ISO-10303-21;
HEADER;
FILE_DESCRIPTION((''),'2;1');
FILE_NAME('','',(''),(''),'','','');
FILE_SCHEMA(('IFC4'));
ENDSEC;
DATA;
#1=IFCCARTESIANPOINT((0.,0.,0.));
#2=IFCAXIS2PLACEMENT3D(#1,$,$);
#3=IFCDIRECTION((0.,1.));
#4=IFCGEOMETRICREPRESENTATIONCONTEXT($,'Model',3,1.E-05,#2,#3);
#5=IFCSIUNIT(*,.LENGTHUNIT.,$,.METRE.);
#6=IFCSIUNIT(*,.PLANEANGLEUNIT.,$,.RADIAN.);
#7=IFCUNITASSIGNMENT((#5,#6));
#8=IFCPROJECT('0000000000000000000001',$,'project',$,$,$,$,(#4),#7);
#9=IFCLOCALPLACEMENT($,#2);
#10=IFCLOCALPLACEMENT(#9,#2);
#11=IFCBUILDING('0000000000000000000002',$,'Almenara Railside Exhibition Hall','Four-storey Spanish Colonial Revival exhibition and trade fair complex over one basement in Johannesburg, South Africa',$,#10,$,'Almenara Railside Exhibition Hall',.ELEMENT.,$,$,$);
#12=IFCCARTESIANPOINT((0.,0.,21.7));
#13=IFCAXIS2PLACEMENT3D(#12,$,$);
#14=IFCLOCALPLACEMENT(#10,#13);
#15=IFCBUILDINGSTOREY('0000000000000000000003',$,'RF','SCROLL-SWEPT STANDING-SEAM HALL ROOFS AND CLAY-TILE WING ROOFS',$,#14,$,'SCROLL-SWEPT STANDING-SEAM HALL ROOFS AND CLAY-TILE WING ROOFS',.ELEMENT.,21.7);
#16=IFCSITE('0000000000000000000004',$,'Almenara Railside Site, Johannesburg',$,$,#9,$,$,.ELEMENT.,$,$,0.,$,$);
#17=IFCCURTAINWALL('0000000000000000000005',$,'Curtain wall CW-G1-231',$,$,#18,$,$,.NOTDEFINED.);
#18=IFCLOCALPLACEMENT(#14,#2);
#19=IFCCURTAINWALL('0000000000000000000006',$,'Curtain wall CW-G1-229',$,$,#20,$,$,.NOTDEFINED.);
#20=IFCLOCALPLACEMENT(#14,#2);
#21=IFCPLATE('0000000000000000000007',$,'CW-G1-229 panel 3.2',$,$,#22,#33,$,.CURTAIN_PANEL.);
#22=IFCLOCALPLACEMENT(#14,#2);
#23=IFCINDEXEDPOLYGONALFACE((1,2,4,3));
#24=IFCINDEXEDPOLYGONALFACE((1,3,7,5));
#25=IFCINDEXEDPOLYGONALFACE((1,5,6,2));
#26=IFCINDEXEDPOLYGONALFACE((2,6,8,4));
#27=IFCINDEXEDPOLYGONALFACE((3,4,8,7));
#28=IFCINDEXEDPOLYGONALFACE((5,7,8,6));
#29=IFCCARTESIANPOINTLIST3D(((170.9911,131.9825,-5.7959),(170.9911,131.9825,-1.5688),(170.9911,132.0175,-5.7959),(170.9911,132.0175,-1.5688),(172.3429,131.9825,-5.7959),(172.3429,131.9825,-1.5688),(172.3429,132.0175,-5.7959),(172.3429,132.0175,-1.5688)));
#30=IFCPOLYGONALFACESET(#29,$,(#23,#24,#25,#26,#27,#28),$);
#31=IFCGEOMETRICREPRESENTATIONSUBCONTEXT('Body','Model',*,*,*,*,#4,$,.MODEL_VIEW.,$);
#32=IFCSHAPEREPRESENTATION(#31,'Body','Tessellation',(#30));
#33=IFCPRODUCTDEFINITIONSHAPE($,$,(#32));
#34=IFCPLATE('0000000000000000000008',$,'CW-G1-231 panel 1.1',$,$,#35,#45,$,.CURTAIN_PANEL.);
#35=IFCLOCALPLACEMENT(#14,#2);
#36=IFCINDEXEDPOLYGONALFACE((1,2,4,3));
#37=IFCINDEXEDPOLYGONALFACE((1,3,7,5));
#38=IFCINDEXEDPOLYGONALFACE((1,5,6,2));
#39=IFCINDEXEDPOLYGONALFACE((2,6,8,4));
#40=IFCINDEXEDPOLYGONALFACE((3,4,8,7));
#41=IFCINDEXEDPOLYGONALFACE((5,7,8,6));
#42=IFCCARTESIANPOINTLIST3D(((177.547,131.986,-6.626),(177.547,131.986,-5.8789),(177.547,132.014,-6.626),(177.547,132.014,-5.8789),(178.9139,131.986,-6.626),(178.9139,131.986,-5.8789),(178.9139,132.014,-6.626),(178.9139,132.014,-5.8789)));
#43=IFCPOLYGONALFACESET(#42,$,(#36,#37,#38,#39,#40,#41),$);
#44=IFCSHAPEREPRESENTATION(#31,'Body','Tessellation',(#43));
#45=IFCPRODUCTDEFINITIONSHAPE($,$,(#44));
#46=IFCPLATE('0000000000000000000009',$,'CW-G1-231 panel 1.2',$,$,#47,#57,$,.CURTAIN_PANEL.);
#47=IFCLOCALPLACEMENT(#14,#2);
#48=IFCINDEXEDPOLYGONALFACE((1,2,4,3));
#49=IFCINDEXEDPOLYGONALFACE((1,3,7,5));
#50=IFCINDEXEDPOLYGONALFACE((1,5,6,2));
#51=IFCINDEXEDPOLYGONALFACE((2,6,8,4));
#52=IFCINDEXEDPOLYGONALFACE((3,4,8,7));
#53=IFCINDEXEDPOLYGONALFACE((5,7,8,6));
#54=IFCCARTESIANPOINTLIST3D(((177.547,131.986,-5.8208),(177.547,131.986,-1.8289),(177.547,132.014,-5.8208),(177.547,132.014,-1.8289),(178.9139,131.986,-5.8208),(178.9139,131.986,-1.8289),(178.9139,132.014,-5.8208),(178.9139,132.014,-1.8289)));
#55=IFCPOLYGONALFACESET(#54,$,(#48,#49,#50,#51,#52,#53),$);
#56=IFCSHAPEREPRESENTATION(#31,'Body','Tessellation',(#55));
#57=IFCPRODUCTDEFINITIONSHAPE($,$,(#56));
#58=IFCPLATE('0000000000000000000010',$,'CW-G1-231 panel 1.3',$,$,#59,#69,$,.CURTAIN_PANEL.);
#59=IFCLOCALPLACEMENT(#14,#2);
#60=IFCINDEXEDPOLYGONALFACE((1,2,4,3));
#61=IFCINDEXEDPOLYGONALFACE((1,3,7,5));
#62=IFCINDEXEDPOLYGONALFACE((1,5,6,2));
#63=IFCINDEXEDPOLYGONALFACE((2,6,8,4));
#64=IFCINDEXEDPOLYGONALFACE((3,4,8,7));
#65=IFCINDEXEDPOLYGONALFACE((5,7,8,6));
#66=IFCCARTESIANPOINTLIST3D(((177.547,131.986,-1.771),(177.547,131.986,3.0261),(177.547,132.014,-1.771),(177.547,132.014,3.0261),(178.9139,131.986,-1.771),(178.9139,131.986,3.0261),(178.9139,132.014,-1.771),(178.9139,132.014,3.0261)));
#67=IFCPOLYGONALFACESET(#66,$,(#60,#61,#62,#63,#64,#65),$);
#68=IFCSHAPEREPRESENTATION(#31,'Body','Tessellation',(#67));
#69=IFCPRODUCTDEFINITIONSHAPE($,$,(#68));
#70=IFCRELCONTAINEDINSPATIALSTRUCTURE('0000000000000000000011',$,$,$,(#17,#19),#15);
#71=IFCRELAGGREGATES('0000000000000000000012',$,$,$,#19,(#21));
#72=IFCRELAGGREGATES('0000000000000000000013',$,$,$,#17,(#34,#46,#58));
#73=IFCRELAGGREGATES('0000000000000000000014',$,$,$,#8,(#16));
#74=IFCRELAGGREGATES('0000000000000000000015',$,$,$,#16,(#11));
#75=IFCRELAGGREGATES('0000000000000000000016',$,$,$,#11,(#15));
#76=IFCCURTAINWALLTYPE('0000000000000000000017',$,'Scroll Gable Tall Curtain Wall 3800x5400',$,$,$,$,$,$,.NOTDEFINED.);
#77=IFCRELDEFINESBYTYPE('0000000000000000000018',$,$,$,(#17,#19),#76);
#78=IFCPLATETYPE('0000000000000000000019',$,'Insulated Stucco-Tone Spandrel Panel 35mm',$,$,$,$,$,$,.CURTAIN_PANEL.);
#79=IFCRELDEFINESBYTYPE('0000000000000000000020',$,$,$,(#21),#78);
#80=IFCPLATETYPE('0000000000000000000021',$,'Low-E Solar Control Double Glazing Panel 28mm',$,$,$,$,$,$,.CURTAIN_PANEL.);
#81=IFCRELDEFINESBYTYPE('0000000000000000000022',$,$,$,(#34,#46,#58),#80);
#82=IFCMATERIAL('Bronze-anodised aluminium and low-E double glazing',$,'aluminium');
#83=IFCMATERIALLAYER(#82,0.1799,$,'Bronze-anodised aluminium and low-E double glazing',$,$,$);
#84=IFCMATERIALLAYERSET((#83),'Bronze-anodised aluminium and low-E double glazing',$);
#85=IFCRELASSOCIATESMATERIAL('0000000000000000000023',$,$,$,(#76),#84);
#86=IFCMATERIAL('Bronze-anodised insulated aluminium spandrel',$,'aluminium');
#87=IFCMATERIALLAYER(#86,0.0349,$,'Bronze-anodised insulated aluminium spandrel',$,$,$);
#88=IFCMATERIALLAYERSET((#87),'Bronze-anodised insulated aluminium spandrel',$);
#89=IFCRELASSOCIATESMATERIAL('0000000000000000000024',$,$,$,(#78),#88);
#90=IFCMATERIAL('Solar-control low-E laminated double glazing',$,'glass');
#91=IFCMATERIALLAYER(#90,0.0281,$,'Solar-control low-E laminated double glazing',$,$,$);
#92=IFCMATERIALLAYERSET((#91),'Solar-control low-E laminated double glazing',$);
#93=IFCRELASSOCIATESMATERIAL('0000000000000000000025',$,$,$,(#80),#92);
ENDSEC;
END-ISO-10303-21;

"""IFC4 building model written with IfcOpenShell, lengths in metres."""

from ifc_helpers import new_model, si_unit, direction, frame, origin, origin_2d, place, context, subcontext, project, spatial, rectangle, extrude, material, layer, layer_set, type_object, element, aggregate, save


model = new_model("IFC4")

# Units and contexts
model_context = context("Model", 3, precision=1e-05, world=origin(), true_north=direction((0.0, 1.0)))
body_context = subcontext(model_context, "Body", "Model", "MODEL_VIEW")
ifc_project = project(units=[si_unit("LENGTHUNIT", "METRE"), si_unit("PLANEANGLEUNIT", "RADIAN")], contexts=[model_context])

# Site, building, storey
site_placement = place(None, origin())
site = spatial("IfcSite", under=ifc_project, at=site_placement, Name="Almenara Railside Site, Johannesburg", CompositionType="ELEMENT", RefElevation=0.0)
building_placement = place(site_placement, origin())
building = spatial("IfcBuilding", under=site, at=building_placement, Name="Almenara Railside Exhibition Hall", Description="Four-storey Spanish Colonial Revival exhibition and trade fair complex over one basement in Johannesburg, South Africa", LongName="Almenara Railside Exhibition Hall", CompositionType="ELEMENT")
storey_placement = place(building_placement, frame((0.0, 0.0, 21.7)))
storey = spatial("IfcBuildingStorey", under=building, at=storey_placement, Name="RF", Description="SCROLL-SWEPT STANDING-SEAM HALL ROOFS AND CLAY-TILE WING ROOFS", LongName="SCROLL-SWEPT STANDING-SEAM HALL ROOFS AND CLAY-TILE WING ROOFS", CompositionType="ELEMENT", Elevation=21.7)

# Curtain walls
ifc_material_1 = material(Name="Bronze-anodised aluminium and low-E double glazing", Category="aluminium")
ifc_layer_1 = layer(ifc_material_1, 0.1799, Name="Bronze-anodised aluminium and low-E double glazing")
ifc_layer_set_1 = layer_set([ifc_layer_1], Name="Bronze-anodised aluminium and low-E double glazing")
curtain_wall_type = type_object("IfcCurtainWallType", Name="Scroll Gable Tall Curtain Wall 3800x5400", PredefinedType="NOTDEFINED", material=ifc_layer_set_1)
curtain_wall_1_placement = place(storey_placement, origin())
curtain_wall_1 = element("IfcCurtainWall", 1, at=curtain_wall_1_placement, inside=storey, type_object=curtain_wall_type, Name="Curtain wall CW-G1-231", PredefinedType="NOTDEFINED")
curtain_wall_2_placement = place(storey_placement, origin())
curtain_wall_2 = element("IfcCurtainWall", 2, at=curtain_wall_2_placement, inside=storey, type_object=curtain_wall_type, Name="Curtain wall CW-G1-229", PredefinedType="NOTDEFINED")

# Plates
ifc_material_2 = material(Name="Bronze-anodised insulated aluminium spandrel", Category="aluminium")
ifc_layer_2 = layer(ifc_material_2, 0.0349, Name="Bronze-anodised insulated aluminium spandrel")
ifc_layer_set_2 = layer_set([ifc_layer_2], Name="Bronze-anodised insulated aluminium spandrel")
plate_type_1 = type_object("IfcPlateType", Name="Insulated Stucco-Tone Spandrel Panel 35mm", PredefinedType="CURTAIN_PANEL", material=ifc_layer_set_2)
plate_1_placement = place(storey_placement, frame((171.667, 132.0, -5.7959), z_axis=(0.0, 0.0, 1.0), x_axis=(1.0, 0.0, 0.0)))
plate_1 = element("IfcPlate", 3, at=plate_1_placement, type_object=plate_type_1, Name="CW-G1-229 panel 3.2", PredefinedType="CURTAIN_PANEL", context=body_context, shape_type="SweptSolid", body=[
    extrude(rectangle(XDim=1.3518, YDim=0.0349, at=origin_2d()), origin(), (0.0, 0.0, 1.0), 4.2271),
])
aggregate(curtain_wall_2, [plate_1])
ifc_material_3 = material(Name="Solar-control low-E laminated double glazing", Category="glass")
ifc_layer_3 = layer(ifc_material_3, 0.0281, Name="Solar-control low-E laminated double glazing")
ifc_layer_set_3 = layer_set([ifc_layer_3], Name="Solar-control low-E laminated double glazing")
plate_type_2 = type_object("IfcPlateType", Name="Low-E Solar Control Double Glazing Panel 28mm", PredefinedType="CURTAIN_PANEL", material=ifc_layer_set_3)
plate_2_placement = place(storey_placement, frame((178.2305, 132.0, -6.626), z_axis=(0.0, 0.0, 1.0), x_axis=(1.0, 0.0, 0.0)))
plate_2 = element("IfcPlate", 4, at=plate_2_placement, type_object=plate_type_2, Name="CW-G1-231 panel 1.1", PredefinedType="CURTAIN_PANEL", context=body_context, shape_type="SweptSolid", body=[
    extrude(rectangle(XDim=1.3669, YDim=0.0281, at=origin_2d()), origin(), (0.0, 0.0, 1.0), 0.7471),
])
plate_3_placement = place(storey_placement, frame((178.2305, 132.0, -5.8208), z_axis=(0.0, 0.0, 1.0), x_axis=(1.0, 0.0, 0.0)))
plate_3 = element("IfcPlate", 5, at=plate_3_placement, type_object=plate_type_2, Name="CW-G1-231 panel 1.2", PredefinedType="CURTAIN_PANEL", context=body_context, shape_type="SweptSolid", body=[
    extrude(rectangle(XDim=1.3669, YDim=0.0281, at=origin_2d()), origin(), (0.0, 0.0, 1.0), 3.9919),
])
plate_4_placement = place(storey_placement, frame((178.2305, 132.0, -1.771), z_axis=(0.0, 0.0, 1.0), x_axis=(1.0, 0.0, 0.0)))
plate_4 = element("IfcPlate", 6, at=plate_4_placement, type_object=plate_type_2, Name="CW-G1-231 panel 1.3", PredefinedType="CURTAIN_PANEL", context=body_context, shape_type="SweptSolid", body=[
    extrude(rectangle(XDim=1.3669, YDim=0.0281, at=origin_2d()), origin(), (0.0, 0.0, 1.0), 4.7971),
])
aggregate(curtain_wall_1, [plate_2, plate_3, plate_4])

save(model, "model.ifc")
